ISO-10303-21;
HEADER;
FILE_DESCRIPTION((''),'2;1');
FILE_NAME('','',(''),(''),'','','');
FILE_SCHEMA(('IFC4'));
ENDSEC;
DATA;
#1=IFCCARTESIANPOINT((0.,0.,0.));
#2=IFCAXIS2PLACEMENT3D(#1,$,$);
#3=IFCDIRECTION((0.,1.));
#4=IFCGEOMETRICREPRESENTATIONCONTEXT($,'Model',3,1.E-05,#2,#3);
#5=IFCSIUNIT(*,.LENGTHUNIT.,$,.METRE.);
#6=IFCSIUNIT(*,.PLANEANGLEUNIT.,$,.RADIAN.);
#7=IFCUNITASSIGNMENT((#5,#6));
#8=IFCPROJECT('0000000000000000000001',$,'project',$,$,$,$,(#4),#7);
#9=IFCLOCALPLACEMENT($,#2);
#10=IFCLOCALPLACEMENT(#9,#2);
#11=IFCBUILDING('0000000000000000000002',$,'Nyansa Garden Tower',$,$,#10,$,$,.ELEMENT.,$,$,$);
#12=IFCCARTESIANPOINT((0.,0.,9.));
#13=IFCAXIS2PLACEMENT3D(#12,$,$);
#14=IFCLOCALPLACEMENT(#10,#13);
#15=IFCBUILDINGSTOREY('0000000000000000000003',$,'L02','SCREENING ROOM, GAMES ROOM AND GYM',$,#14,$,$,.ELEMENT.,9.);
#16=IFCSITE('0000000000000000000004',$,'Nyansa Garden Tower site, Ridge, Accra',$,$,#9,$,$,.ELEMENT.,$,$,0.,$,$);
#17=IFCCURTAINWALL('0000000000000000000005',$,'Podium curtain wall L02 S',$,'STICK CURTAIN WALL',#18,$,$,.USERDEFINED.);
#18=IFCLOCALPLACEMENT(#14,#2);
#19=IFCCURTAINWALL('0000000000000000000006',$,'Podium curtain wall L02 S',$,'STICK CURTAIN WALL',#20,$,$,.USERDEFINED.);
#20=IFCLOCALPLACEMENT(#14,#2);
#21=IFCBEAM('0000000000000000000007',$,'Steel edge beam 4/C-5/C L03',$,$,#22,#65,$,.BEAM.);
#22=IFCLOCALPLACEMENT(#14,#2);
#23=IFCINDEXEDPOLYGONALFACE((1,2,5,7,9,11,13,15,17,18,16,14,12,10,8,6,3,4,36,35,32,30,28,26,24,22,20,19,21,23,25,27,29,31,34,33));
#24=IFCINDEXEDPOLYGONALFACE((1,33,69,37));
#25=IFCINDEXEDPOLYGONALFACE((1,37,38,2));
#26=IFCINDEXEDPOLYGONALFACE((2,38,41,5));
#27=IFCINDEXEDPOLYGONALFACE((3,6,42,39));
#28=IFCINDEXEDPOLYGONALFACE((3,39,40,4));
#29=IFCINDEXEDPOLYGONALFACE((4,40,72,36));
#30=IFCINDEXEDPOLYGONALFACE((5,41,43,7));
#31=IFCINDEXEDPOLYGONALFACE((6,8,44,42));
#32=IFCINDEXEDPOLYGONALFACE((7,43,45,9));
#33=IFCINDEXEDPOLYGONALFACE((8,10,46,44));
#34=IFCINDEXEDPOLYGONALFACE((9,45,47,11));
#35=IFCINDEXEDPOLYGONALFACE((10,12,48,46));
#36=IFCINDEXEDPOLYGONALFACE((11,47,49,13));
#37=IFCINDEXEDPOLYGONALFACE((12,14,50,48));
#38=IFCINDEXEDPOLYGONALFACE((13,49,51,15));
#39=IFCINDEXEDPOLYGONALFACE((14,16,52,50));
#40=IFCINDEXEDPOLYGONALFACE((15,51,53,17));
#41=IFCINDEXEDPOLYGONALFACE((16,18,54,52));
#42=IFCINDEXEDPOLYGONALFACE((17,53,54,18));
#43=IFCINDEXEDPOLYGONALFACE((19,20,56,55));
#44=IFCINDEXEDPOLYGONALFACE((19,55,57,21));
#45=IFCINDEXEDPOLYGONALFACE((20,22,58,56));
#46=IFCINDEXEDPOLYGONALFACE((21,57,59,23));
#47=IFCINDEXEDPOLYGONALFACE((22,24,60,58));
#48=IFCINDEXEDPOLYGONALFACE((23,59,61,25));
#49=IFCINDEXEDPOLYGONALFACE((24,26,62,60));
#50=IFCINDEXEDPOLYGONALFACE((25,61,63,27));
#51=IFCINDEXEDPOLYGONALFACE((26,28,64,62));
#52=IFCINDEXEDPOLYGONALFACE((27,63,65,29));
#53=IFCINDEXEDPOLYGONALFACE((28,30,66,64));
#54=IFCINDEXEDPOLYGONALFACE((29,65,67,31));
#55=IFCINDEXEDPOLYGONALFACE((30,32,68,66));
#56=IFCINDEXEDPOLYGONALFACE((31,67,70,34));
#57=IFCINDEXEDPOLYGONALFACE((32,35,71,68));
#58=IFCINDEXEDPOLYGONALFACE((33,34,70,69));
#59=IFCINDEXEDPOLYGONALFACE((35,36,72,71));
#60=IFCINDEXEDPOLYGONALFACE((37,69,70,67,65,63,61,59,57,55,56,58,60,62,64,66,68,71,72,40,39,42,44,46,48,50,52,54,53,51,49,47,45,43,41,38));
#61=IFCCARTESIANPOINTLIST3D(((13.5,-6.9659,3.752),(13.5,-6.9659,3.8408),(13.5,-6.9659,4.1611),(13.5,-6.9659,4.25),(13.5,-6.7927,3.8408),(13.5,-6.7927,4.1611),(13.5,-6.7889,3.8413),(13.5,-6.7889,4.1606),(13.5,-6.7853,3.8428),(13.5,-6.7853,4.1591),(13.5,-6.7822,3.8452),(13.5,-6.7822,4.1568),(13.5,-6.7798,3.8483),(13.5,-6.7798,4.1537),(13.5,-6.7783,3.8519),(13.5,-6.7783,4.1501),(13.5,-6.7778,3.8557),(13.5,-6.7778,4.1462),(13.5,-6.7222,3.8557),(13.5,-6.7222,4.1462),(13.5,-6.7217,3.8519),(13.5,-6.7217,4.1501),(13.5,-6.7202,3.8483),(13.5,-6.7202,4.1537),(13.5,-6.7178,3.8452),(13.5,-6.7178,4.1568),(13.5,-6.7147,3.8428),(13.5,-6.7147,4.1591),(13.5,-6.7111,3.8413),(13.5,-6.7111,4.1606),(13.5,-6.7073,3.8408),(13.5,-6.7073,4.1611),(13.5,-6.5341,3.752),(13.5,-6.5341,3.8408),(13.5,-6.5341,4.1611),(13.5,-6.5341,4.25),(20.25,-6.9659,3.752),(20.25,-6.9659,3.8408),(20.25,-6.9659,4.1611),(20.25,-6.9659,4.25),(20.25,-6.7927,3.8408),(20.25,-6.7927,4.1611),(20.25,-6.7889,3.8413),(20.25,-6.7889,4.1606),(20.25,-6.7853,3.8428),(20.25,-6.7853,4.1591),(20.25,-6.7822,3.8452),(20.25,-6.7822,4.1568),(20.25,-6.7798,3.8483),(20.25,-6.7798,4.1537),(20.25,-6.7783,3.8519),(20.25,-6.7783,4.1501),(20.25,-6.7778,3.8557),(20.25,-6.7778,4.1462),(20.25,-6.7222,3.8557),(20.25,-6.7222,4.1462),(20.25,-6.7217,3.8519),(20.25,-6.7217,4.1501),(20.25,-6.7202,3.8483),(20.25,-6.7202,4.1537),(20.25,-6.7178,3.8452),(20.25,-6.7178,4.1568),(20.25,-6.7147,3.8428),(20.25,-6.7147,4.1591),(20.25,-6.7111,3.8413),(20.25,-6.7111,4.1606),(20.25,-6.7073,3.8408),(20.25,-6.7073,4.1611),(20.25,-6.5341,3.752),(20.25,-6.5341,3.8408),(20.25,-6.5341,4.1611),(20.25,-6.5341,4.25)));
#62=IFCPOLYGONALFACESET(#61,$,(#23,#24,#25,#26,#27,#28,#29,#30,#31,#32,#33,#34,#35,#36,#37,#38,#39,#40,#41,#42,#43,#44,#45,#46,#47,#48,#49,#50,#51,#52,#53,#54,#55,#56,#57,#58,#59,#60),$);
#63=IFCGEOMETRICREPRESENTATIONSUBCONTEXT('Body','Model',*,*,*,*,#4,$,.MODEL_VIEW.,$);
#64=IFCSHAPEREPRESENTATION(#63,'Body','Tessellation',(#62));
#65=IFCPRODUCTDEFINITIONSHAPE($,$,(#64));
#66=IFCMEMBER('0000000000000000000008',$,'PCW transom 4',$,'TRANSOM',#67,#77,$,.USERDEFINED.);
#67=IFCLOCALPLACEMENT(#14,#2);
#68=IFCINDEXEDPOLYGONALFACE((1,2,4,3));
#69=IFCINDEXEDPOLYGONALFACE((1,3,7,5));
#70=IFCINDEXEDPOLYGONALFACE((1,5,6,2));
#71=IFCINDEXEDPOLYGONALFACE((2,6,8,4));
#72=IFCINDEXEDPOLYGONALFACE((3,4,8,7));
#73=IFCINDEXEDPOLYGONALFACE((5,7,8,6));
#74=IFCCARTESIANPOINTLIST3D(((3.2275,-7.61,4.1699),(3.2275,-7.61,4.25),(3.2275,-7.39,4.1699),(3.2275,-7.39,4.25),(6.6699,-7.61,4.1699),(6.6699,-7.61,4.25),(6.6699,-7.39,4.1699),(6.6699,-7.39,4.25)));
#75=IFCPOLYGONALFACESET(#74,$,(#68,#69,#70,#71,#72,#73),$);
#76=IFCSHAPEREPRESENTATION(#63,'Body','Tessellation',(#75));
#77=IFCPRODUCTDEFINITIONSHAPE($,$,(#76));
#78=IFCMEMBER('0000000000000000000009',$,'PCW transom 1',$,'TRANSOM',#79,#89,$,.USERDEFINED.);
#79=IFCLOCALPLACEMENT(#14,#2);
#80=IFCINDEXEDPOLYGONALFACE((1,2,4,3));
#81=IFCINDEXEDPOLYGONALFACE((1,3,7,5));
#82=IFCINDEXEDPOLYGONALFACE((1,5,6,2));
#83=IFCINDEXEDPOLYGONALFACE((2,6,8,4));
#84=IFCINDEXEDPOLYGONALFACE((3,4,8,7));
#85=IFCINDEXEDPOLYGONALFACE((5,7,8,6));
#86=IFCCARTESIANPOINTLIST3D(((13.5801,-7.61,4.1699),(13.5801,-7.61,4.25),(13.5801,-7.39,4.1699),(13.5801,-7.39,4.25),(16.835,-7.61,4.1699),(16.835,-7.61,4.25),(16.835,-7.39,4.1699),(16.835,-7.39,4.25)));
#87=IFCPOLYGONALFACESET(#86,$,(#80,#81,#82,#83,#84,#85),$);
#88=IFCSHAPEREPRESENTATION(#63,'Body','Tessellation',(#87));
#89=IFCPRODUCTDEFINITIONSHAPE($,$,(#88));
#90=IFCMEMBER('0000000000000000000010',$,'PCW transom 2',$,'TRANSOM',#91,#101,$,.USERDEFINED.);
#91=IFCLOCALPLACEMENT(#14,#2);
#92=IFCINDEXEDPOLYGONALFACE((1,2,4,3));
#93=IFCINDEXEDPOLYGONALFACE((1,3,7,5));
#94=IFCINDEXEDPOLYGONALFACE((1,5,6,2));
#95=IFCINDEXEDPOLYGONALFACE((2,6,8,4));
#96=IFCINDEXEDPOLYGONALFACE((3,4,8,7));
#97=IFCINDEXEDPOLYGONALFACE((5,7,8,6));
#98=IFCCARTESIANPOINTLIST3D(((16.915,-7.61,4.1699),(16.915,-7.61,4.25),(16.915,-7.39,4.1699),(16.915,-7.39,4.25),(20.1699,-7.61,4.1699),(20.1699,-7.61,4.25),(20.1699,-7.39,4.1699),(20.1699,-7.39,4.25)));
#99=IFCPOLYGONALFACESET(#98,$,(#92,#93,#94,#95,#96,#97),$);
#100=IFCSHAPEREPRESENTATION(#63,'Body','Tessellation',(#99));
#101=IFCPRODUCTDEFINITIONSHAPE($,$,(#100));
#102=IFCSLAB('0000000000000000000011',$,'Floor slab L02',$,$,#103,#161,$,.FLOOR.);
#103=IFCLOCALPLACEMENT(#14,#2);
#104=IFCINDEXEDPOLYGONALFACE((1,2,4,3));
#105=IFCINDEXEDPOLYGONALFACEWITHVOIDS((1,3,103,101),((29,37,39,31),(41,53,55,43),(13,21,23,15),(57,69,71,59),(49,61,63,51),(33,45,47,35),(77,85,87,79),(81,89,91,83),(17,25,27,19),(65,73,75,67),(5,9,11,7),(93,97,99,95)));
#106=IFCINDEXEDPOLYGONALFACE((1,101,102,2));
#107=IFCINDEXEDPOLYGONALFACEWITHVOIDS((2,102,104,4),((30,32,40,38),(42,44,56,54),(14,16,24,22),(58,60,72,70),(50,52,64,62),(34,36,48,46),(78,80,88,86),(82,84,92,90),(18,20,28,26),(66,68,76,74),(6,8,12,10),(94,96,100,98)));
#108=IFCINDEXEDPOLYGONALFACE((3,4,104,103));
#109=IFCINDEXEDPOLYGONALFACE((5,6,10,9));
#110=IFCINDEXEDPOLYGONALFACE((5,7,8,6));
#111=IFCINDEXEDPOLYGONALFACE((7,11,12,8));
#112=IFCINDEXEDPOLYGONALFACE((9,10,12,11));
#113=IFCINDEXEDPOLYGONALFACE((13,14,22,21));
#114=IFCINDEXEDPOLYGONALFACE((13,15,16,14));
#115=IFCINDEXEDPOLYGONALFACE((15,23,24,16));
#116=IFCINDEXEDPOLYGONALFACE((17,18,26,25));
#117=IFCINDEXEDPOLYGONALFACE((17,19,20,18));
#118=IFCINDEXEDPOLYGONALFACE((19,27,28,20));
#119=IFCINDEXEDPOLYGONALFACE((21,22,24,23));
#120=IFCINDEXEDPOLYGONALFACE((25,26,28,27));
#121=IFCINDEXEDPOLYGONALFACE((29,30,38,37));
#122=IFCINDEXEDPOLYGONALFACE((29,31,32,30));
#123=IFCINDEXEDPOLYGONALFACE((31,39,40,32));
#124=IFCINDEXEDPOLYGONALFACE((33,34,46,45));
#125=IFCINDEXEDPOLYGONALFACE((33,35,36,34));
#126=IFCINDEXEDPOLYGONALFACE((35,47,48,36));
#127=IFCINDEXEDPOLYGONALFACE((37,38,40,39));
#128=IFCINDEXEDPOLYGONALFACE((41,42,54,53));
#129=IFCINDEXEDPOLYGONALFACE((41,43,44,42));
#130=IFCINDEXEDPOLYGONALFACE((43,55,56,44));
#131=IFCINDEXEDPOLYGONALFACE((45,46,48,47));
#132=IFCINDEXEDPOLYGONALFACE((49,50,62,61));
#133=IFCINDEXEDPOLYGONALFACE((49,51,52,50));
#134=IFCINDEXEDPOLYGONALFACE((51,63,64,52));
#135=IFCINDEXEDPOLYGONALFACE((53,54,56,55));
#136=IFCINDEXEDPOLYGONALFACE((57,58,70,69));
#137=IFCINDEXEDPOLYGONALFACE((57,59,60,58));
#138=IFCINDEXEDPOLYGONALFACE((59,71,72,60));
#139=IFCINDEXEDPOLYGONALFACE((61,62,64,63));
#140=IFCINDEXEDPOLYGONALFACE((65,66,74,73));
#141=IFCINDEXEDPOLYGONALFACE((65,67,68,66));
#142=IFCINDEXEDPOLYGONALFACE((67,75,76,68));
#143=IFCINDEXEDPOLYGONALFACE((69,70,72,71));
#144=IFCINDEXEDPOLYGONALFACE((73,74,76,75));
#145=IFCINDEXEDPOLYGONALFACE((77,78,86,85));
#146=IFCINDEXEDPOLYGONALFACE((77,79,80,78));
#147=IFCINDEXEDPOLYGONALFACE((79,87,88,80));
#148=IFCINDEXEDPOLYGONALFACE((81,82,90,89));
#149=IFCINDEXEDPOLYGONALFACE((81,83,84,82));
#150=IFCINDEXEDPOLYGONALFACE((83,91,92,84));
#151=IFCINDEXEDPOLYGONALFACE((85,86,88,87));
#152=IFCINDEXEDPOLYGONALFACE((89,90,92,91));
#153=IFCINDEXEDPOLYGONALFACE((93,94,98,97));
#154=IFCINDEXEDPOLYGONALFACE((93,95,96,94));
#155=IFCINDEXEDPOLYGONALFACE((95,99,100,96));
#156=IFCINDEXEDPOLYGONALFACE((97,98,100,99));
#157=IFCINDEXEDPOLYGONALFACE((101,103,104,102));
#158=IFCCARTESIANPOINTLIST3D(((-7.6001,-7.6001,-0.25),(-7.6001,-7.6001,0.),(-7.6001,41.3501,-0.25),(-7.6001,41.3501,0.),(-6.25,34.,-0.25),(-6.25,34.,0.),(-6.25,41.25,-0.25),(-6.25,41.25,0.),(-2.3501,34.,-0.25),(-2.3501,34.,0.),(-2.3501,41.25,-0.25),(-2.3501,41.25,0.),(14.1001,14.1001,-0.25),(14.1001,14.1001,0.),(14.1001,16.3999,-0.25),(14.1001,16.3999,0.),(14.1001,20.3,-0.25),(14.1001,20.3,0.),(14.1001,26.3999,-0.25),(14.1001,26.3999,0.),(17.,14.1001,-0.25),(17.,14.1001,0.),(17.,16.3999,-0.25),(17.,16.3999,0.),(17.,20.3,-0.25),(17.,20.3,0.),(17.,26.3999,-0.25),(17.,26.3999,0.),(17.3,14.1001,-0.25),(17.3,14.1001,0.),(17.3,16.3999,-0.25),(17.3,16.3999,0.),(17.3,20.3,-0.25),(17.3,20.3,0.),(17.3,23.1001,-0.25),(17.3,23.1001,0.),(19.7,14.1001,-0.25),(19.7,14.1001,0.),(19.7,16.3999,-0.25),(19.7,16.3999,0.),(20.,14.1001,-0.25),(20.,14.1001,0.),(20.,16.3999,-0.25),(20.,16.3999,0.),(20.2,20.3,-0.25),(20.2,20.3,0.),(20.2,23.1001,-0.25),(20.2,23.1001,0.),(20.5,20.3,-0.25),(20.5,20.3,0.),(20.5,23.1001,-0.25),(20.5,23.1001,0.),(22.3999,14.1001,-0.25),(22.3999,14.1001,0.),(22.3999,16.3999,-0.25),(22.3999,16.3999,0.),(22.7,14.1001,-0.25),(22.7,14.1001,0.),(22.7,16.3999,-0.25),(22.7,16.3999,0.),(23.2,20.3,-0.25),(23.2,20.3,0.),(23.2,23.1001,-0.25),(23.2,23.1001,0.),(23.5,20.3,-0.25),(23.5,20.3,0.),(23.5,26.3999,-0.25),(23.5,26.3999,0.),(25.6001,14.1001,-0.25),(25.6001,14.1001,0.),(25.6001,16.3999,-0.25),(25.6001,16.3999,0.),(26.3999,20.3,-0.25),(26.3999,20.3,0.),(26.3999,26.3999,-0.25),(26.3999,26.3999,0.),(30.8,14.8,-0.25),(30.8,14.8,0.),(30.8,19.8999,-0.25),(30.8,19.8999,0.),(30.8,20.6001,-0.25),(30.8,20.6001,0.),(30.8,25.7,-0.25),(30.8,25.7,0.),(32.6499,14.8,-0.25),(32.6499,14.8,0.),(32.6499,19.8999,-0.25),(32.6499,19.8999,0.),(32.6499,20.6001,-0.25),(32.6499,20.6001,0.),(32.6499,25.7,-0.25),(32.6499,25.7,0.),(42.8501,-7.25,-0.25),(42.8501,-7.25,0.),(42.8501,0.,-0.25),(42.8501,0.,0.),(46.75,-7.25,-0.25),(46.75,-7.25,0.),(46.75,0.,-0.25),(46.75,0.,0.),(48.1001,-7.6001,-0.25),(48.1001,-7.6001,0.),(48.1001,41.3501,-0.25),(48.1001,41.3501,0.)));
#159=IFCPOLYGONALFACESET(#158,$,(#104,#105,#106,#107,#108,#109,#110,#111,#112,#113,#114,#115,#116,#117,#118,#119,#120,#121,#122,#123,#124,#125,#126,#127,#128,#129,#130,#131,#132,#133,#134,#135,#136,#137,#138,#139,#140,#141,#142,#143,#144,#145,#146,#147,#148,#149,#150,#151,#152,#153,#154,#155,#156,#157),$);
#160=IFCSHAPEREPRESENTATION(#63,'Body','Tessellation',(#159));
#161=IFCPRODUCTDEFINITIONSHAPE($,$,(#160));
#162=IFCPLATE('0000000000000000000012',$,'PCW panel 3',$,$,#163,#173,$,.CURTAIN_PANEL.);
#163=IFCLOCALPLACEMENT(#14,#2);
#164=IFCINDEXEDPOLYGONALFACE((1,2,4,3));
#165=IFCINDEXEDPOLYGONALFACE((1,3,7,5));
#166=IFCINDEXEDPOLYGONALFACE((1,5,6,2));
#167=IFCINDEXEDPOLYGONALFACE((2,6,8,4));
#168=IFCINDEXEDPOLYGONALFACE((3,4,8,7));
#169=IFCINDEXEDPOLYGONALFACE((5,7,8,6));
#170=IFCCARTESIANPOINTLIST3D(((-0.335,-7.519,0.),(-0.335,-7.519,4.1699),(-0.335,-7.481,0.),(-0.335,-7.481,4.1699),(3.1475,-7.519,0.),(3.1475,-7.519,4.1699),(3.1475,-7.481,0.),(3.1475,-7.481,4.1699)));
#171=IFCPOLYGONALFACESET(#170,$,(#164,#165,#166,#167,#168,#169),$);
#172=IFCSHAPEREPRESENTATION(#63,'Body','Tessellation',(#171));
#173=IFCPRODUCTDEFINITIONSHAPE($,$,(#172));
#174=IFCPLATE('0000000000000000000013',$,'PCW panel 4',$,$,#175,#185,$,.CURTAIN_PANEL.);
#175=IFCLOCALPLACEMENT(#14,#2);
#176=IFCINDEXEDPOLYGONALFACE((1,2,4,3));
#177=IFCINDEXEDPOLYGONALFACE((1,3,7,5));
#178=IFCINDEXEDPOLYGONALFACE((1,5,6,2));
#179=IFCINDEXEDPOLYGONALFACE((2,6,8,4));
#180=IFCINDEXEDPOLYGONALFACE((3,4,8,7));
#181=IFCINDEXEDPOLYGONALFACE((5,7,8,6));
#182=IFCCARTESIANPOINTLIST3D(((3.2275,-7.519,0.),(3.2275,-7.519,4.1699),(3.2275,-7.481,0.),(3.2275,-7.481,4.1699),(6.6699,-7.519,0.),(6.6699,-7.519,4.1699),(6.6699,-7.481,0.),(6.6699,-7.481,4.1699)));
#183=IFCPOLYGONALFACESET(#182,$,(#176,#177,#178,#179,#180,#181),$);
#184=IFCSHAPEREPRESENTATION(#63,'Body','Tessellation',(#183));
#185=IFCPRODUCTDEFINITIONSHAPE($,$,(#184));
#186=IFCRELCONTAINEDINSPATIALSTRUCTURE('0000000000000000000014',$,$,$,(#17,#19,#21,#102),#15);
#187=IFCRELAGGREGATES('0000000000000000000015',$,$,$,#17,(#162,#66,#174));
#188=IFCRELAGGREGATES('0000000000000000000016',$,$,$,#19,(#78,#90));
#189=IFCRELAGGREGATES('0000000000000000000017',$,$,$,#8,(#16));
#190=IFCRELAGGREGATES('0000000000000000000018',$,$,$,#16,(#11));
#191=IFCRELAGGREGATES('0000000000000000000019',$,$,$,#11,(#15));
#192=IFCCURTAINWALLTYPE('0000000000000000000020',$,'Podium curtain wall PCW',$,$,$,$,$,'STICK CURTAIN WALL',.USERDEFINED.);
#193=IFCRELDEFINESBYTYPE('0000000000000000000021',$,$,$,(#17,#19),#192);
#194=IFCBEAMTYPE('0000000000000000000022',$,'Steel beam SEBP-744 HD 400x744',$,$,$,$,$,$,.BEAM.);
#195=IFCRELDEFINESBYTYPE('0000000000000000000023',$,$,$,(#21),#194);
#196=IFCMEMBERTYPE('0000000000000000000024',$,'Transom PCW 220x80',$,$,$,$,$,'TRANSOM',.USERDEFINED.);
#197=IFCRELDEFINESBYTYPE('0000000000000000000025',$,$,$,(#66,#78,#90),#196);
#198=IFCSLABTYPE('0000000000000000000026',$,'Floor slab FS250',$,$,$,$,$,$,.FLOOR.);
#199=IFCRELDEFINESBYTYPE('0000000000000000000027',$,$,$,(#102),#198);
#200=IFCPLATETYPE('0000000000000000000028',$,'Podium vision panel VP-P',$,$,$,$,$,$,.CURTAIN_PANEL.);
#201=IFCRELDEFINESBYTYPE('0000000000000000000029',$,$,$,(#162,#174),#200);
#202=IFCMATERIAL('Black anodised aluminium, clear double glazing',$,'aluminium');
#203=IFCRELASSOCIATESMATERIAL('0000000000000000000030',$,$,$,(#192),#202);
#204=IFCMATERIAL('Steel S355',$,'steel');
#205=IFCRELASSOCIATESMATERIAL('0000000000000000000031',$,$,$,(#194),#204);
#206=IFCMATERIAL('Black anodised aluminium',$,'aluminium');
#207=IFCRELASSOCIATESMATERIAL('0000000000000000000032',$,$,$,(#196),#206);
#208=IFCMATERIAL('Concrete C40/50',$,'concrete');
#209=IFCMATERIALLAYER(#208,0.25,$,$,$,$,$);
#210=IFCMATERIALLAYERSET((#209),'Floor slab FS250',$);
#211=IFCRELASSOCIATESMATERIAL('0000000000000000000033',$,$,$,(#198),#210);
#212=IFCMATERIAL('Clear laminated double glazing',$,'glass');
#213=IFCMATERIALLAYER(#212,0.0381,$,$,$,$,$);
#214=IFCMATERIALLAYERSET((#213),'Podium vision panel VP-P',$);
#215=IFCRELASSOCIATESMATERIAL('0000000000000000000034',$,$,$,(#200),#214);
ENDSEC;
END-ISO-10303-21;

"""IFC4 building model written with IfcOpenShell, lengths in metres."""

from ifc_helpers import new_model, si_unit, direction, frame, origin, origin_2d, place, context, subcontext, project, spatial, polyline, rectangle, i_section, outline, extrude, material, layer, layer_set, material_profile, profile_set, type_object, element, aggregate, save


model = new_model("IFC4")

# Units and contexts
model_context = context("Model", 3, precision=1e-05, world=origin(), true_north=direction((0.0, 1.0)))
body_context = subcontext(model_context, "Body", "Model", "MODEL_VIEW")
ifc_project = project(units=[si_unit("LENGTHUNIT", "METRE"), si_unit("PLANEANGLEUNIT", "RADIAN")], contexts=[model_context])

# Site, building, storey
site_placement = place(None, origin())
site = spatial("IfcSite", under=ifc_project, at=site_placement, Name="Nyansa Garden Tower site, Ridge, Accra", CompositionType="ELEMENT", RefElevation=0.0)
building_placement = place(site_placement, origin())
building = spatial("IfcBuilding", under=site, at=building_placement, Name="Nyansa Garden Tower", CompositionType="ELEMENT")
storey_placement = place(building_placement, frame((0.0, 0.0, 9.0)))
storey = spatial("IfcBuildingStorey", under=building, at=storey_placement, Name="L02", Description="SCREENING ROOM, GAMES ROOM AND GYM", CompositionType="ELEMENT", Elevation=9.0)

# Curtain walls
ifc_material_1 = material(Name="Black anodised aluminium, clear double glazing", Category="aluminium")
curtain_wall_type = type_object("IfcCurtainWallType", Name="Podium curtain wall PCW", ElementType="STICK CURTAIN WALL", PredefinedType="USERDEFINED", material=ifc_material_1)
curtain_wall_1_placement = place(storey_placement, origin())
curtain_wall_1 = element("IfcCurtainWall", 1, at=curtain_wall_1_placement, inside=storey, type_object=curtain_wall_type, Name="Podium curtain wall L02 S", ObjectType="STICK CURTAIN WALL", PredefinedType="USERDEFINED")
curtain_wall_2_placement = place(storey_placement, origin())
curtain_wall_2 = element("IfcCurtainWall", 2, at=curtain_wall_2_placement, inside=storey, type_object=curtain_wall_type, Name="Podium curtain wall L02 S", ObjectType="STICK CURTAIN WALL", PredefinedType="USERDEFINED")

# Beam
ifc_material_2 = material(Name="Steel S355", Category="steel")
ifc_material_profile_1 = material_profile(ifc_material_2, i_section(OverallWidth=0.4319, OverallDepth=0.498, WebThickness=0.0557, FlangeThickness=0.0889, FilletRadius=0.0149, at=origin_2d()), Name="HD 400x744")
ifc_profile_set_1 = profile_set([ifc_material_profile_1], Name="Steel S355")
beam_type_1 = type_object("IfcBeamType", Name="Steel beam SEBP-744 HD 400x744", PredefinedType="BEAM", material=ifc_profile_set_1)
for number, where, z_axis, x_axis, name in (
    (3, (13.5, -6.75, 4.001), (1.0, 0.0, 0.0), (0.0, 1.0, 0.0), "Steel edge beam 4/C-5/C L03"),
):
    element("IfcBeam", number, at=place(storey_placement, frame(where, z_axis=z_axis, x_axis=x_axis)), inside=storey, type_object=beam_type_1, Name=name, PredefinedType="BEAM", context=body_context, shape_type="SweptSolid", body=[
        extrude(i_section(OverallWidth=0.4319, OverallDepth=0.498, WebThickness=0.0557, FlangeThickness=0.0889, FilletRadius=0.0149, at=origin_2d()), origin(), (0.0, 0.0, 1.0), 6.75),
    ])

# Members
ifc_material_3 = material(Name="Black anodised aluminium", Category="aluminium")
ifc_material_profile_2 = material_profile(ifc_material_3, rectangle(XDim=0.22, YDim=0.0801, at=origin_2d()), Name="Transom 220x80")
ifc_profile_set_2 = profile_set([ifc_material_profile_2], Name="Black anodised aluminium")
member_type_1 = type_object("IfcMemberType", Name="Transom PCW 220x80", ElementType="TRANSOM", PredefinedType="USERDEFINED", material=ifc_profile_set_2)
member_1_placement = place(storey_placement, frame((3.2275, -7.5, 4.21), z_axis=(1.0, 0.0, 0.0), x_axis=(0.0, 1.0, 0.0)))
member_1 = element("IfcMember", 4, at=member_1_placement, type_object=member_type_1, Name="PCW transom 4", ObjectType="TRANSOM", PredefinedType="USERDEFINED", context=body_context, shape_type="SweptSolid", body=[
    extrude(rectangle(XDim=0.22, YDim=0.0801, at=origin_2d()), origin(), (0.0, 0.0, 1.0), 3.4424),
])
member_2_placement = place(storey_placement, frame((13.5801, -7.5, 4.21), z_axis=(1.0, 0.0, 0.0), x_axis=(0.0, 1.0, 0.0)))
member_2 = element("IfcMember", 5, at=member_2_placement, type_object=member_type_1, Name="PCW transom 1", ObjectType="TRANSOM", PredefinedType="USERDEFINED", context=body_context, shape_type="SweptSolid", body=[
    extrude(rectangle(XDim=0.22, YDim=0.0801, at=origin_2d()), origin(), (0.0, 0.0, 1.0), 3.2549),
])
member_3_placement = place(storey_placement, frame((16.915, -7.5, 4.21), z_axis=(1.0, 0.0, 0.0), x_axis=(0.0, 1.0, 0.0)))
member_3 = element("IfcMember", 6, at=member_3_placement, type_object=member_type_1, Name="PCW transom 2", ObjectType="TRANSOM", PredefinedType="USERDEFINED", context=body_context, shape_type="SweptSolid", body=[
    extrude(rectangle(XDim=0.22, YDim=0.0801, at=origin_2d()), origin(), (0.0, 0.0, 1.0), 3.2549),
])

# Slab
ifc_material_4 = material(Name="Concrete C40/50", Category="concrete")
ifc_layer_1 = layer(ifc_material_4, 0.25)
ifc_layer_set_1 = layer_set([ifc_layer_1], Name="Floor slab FS250")
slab_type_1 = type_object("IfcSlabType", Name="Floor slab FS250", PredefinedType="FLOOR", material=ifc_layer_set_1)
slab_1_placement = place(storey_placement, frame((0.0, 0.0, -0.25)))
element("IfcSlab", 7, at=slab_1_placement, inside=storey, type_object=slab_type_1, Name="Floor slab L02", PredefinedType="FLOOR", context=body_context, shape_type="SweptSolid", body=[
    extrude(outline(polyline([(48.1001, -7.6001), (-7.6001, -7.6001), (-7.6001, 41.3501), (48.1001, 41.3501), (48.1001, -7.6001)]), holes=[polyline([(14.1001, 14.1001), (17.0, 14.1001), (17.0, 16.3999), (14.1001, 16.3999), (14.1001, 14.1001)]), polyline([(17.3, 14.1001), (19.7, 14.1001), (19.7, 16.3999), (17.3, 16.3999), (17.3, 14.1001)]), polyline([(20.0, 14.1001), (22.3999, 14.1001), (22.3999, 16.3999), (20.0, 16.3999), (20.0, 14.1001)]), polyline([(22.7, 14.1001), (25.6001, 14.1001), (25.6001, 16.3999), (22.7, 16.3999), (22.7, 14.1001)]), polyline([(17.3, 20.3), (20.2, 20.3), (20.2, 23.1001), (17.3, 23.1001), (17.3, 20.3)]), polyline([(20.5, 20.3), (23.2, 20.3), (23.2, 23.1001), (20.5, 23.1001), (20.5, 20.3)]), polyline([(30.8, 14.8), (32.6499, 14.8), (32.6499, 19.8999), (30.8, 19.8999), (30.8, 14.8)]), polyline([(30.8, 20.6001), (32.6499, 20.6001), (32.6499, 25.7), (30.8, 25.7), (30.8, 20.6001)]), polyline([(14.1001, 20.3), (17.0, 20.3), (17.0, 26.3999), (14.1001, 26.3999), (14.1001, 20.3)]), polyline([(23.5, 20.3), (26.3999, 20.3), (26.3999, 26.3999), (23.5, 26.3999), (23.5, 20.3)]), polyline([(-6.25, 34.0), (-2.3501, 34.0), (-2.3501, 41.25), (-6.25, 41.25), (-6.25, 34.0)]), polyline([(42.8501, -7.25), (46.75, -7.25), (46.75, 0.0), (42.8501, 0.0), (42.8501, -7.25)])]), origin(), (0.0, 0.0, 1.0), 0.25),
])

# Plates
ifc_material_5 = material(Name="Clear laminated double glazing", Category="glass")
ifc_layer_2 = layer(ifc_material_5, 0.0381)
ifc_layer_set_2 = layer_set([ifc_layer_2], Name="Podium vision panel VP-P")
plate_type = type_object("IfcPlateType", Name="Podium vision panel VP-P", PredefinedType="CURTAIN_PANEL", material=ifc_layer_set_2)
plate_1_placement = place(storey_placement, frame((1.4062, -7.5, 0.0), z_axis=(0.0, 0.0, 1.0), x_axis=(1.0, 0.0, 0.0)))
plate_1 = element("IfcPlate", 8, at=plate_1_placement, type_object=plate_type, Name="PCW panel 3", PredefinedType="CURTAIN_PANEL", context=body_context, shape_type="SweptSolid", body=[
    extrude(rectangle(XDim=3.4824, YDim=0.0381, at=origin_2d()), origin(), (0.0, 0.0, 1.0), 4.1699),
])
plate_2_placement = place(storey_placement, frame((4.9487, -7.5, 0.0), z_axis=(0.0, 0.0, 1.0), x_axis=(1.0, 0.0, 0.0)))
plate_2 = element("IfcPlate", 9, at=plate_2_placement, type_object=plate_type, Name="PCW panel 4", PredefinedType="CURTAIN_PANEL", context=body_context, shape_type="SweptSolid", body=[
    extrude(rectangle(XDim=3.4424, YDim=0.0381, at=origin_2d()), origin(), (0.0, 0.0, 1.0), 4.1699),
])
aggregate(curtain_wall_1, [plate_1, member_1, plate_2])
aggregate(curtain_wall_2, [member_2, member_3])

save(model, "model.ifc")
